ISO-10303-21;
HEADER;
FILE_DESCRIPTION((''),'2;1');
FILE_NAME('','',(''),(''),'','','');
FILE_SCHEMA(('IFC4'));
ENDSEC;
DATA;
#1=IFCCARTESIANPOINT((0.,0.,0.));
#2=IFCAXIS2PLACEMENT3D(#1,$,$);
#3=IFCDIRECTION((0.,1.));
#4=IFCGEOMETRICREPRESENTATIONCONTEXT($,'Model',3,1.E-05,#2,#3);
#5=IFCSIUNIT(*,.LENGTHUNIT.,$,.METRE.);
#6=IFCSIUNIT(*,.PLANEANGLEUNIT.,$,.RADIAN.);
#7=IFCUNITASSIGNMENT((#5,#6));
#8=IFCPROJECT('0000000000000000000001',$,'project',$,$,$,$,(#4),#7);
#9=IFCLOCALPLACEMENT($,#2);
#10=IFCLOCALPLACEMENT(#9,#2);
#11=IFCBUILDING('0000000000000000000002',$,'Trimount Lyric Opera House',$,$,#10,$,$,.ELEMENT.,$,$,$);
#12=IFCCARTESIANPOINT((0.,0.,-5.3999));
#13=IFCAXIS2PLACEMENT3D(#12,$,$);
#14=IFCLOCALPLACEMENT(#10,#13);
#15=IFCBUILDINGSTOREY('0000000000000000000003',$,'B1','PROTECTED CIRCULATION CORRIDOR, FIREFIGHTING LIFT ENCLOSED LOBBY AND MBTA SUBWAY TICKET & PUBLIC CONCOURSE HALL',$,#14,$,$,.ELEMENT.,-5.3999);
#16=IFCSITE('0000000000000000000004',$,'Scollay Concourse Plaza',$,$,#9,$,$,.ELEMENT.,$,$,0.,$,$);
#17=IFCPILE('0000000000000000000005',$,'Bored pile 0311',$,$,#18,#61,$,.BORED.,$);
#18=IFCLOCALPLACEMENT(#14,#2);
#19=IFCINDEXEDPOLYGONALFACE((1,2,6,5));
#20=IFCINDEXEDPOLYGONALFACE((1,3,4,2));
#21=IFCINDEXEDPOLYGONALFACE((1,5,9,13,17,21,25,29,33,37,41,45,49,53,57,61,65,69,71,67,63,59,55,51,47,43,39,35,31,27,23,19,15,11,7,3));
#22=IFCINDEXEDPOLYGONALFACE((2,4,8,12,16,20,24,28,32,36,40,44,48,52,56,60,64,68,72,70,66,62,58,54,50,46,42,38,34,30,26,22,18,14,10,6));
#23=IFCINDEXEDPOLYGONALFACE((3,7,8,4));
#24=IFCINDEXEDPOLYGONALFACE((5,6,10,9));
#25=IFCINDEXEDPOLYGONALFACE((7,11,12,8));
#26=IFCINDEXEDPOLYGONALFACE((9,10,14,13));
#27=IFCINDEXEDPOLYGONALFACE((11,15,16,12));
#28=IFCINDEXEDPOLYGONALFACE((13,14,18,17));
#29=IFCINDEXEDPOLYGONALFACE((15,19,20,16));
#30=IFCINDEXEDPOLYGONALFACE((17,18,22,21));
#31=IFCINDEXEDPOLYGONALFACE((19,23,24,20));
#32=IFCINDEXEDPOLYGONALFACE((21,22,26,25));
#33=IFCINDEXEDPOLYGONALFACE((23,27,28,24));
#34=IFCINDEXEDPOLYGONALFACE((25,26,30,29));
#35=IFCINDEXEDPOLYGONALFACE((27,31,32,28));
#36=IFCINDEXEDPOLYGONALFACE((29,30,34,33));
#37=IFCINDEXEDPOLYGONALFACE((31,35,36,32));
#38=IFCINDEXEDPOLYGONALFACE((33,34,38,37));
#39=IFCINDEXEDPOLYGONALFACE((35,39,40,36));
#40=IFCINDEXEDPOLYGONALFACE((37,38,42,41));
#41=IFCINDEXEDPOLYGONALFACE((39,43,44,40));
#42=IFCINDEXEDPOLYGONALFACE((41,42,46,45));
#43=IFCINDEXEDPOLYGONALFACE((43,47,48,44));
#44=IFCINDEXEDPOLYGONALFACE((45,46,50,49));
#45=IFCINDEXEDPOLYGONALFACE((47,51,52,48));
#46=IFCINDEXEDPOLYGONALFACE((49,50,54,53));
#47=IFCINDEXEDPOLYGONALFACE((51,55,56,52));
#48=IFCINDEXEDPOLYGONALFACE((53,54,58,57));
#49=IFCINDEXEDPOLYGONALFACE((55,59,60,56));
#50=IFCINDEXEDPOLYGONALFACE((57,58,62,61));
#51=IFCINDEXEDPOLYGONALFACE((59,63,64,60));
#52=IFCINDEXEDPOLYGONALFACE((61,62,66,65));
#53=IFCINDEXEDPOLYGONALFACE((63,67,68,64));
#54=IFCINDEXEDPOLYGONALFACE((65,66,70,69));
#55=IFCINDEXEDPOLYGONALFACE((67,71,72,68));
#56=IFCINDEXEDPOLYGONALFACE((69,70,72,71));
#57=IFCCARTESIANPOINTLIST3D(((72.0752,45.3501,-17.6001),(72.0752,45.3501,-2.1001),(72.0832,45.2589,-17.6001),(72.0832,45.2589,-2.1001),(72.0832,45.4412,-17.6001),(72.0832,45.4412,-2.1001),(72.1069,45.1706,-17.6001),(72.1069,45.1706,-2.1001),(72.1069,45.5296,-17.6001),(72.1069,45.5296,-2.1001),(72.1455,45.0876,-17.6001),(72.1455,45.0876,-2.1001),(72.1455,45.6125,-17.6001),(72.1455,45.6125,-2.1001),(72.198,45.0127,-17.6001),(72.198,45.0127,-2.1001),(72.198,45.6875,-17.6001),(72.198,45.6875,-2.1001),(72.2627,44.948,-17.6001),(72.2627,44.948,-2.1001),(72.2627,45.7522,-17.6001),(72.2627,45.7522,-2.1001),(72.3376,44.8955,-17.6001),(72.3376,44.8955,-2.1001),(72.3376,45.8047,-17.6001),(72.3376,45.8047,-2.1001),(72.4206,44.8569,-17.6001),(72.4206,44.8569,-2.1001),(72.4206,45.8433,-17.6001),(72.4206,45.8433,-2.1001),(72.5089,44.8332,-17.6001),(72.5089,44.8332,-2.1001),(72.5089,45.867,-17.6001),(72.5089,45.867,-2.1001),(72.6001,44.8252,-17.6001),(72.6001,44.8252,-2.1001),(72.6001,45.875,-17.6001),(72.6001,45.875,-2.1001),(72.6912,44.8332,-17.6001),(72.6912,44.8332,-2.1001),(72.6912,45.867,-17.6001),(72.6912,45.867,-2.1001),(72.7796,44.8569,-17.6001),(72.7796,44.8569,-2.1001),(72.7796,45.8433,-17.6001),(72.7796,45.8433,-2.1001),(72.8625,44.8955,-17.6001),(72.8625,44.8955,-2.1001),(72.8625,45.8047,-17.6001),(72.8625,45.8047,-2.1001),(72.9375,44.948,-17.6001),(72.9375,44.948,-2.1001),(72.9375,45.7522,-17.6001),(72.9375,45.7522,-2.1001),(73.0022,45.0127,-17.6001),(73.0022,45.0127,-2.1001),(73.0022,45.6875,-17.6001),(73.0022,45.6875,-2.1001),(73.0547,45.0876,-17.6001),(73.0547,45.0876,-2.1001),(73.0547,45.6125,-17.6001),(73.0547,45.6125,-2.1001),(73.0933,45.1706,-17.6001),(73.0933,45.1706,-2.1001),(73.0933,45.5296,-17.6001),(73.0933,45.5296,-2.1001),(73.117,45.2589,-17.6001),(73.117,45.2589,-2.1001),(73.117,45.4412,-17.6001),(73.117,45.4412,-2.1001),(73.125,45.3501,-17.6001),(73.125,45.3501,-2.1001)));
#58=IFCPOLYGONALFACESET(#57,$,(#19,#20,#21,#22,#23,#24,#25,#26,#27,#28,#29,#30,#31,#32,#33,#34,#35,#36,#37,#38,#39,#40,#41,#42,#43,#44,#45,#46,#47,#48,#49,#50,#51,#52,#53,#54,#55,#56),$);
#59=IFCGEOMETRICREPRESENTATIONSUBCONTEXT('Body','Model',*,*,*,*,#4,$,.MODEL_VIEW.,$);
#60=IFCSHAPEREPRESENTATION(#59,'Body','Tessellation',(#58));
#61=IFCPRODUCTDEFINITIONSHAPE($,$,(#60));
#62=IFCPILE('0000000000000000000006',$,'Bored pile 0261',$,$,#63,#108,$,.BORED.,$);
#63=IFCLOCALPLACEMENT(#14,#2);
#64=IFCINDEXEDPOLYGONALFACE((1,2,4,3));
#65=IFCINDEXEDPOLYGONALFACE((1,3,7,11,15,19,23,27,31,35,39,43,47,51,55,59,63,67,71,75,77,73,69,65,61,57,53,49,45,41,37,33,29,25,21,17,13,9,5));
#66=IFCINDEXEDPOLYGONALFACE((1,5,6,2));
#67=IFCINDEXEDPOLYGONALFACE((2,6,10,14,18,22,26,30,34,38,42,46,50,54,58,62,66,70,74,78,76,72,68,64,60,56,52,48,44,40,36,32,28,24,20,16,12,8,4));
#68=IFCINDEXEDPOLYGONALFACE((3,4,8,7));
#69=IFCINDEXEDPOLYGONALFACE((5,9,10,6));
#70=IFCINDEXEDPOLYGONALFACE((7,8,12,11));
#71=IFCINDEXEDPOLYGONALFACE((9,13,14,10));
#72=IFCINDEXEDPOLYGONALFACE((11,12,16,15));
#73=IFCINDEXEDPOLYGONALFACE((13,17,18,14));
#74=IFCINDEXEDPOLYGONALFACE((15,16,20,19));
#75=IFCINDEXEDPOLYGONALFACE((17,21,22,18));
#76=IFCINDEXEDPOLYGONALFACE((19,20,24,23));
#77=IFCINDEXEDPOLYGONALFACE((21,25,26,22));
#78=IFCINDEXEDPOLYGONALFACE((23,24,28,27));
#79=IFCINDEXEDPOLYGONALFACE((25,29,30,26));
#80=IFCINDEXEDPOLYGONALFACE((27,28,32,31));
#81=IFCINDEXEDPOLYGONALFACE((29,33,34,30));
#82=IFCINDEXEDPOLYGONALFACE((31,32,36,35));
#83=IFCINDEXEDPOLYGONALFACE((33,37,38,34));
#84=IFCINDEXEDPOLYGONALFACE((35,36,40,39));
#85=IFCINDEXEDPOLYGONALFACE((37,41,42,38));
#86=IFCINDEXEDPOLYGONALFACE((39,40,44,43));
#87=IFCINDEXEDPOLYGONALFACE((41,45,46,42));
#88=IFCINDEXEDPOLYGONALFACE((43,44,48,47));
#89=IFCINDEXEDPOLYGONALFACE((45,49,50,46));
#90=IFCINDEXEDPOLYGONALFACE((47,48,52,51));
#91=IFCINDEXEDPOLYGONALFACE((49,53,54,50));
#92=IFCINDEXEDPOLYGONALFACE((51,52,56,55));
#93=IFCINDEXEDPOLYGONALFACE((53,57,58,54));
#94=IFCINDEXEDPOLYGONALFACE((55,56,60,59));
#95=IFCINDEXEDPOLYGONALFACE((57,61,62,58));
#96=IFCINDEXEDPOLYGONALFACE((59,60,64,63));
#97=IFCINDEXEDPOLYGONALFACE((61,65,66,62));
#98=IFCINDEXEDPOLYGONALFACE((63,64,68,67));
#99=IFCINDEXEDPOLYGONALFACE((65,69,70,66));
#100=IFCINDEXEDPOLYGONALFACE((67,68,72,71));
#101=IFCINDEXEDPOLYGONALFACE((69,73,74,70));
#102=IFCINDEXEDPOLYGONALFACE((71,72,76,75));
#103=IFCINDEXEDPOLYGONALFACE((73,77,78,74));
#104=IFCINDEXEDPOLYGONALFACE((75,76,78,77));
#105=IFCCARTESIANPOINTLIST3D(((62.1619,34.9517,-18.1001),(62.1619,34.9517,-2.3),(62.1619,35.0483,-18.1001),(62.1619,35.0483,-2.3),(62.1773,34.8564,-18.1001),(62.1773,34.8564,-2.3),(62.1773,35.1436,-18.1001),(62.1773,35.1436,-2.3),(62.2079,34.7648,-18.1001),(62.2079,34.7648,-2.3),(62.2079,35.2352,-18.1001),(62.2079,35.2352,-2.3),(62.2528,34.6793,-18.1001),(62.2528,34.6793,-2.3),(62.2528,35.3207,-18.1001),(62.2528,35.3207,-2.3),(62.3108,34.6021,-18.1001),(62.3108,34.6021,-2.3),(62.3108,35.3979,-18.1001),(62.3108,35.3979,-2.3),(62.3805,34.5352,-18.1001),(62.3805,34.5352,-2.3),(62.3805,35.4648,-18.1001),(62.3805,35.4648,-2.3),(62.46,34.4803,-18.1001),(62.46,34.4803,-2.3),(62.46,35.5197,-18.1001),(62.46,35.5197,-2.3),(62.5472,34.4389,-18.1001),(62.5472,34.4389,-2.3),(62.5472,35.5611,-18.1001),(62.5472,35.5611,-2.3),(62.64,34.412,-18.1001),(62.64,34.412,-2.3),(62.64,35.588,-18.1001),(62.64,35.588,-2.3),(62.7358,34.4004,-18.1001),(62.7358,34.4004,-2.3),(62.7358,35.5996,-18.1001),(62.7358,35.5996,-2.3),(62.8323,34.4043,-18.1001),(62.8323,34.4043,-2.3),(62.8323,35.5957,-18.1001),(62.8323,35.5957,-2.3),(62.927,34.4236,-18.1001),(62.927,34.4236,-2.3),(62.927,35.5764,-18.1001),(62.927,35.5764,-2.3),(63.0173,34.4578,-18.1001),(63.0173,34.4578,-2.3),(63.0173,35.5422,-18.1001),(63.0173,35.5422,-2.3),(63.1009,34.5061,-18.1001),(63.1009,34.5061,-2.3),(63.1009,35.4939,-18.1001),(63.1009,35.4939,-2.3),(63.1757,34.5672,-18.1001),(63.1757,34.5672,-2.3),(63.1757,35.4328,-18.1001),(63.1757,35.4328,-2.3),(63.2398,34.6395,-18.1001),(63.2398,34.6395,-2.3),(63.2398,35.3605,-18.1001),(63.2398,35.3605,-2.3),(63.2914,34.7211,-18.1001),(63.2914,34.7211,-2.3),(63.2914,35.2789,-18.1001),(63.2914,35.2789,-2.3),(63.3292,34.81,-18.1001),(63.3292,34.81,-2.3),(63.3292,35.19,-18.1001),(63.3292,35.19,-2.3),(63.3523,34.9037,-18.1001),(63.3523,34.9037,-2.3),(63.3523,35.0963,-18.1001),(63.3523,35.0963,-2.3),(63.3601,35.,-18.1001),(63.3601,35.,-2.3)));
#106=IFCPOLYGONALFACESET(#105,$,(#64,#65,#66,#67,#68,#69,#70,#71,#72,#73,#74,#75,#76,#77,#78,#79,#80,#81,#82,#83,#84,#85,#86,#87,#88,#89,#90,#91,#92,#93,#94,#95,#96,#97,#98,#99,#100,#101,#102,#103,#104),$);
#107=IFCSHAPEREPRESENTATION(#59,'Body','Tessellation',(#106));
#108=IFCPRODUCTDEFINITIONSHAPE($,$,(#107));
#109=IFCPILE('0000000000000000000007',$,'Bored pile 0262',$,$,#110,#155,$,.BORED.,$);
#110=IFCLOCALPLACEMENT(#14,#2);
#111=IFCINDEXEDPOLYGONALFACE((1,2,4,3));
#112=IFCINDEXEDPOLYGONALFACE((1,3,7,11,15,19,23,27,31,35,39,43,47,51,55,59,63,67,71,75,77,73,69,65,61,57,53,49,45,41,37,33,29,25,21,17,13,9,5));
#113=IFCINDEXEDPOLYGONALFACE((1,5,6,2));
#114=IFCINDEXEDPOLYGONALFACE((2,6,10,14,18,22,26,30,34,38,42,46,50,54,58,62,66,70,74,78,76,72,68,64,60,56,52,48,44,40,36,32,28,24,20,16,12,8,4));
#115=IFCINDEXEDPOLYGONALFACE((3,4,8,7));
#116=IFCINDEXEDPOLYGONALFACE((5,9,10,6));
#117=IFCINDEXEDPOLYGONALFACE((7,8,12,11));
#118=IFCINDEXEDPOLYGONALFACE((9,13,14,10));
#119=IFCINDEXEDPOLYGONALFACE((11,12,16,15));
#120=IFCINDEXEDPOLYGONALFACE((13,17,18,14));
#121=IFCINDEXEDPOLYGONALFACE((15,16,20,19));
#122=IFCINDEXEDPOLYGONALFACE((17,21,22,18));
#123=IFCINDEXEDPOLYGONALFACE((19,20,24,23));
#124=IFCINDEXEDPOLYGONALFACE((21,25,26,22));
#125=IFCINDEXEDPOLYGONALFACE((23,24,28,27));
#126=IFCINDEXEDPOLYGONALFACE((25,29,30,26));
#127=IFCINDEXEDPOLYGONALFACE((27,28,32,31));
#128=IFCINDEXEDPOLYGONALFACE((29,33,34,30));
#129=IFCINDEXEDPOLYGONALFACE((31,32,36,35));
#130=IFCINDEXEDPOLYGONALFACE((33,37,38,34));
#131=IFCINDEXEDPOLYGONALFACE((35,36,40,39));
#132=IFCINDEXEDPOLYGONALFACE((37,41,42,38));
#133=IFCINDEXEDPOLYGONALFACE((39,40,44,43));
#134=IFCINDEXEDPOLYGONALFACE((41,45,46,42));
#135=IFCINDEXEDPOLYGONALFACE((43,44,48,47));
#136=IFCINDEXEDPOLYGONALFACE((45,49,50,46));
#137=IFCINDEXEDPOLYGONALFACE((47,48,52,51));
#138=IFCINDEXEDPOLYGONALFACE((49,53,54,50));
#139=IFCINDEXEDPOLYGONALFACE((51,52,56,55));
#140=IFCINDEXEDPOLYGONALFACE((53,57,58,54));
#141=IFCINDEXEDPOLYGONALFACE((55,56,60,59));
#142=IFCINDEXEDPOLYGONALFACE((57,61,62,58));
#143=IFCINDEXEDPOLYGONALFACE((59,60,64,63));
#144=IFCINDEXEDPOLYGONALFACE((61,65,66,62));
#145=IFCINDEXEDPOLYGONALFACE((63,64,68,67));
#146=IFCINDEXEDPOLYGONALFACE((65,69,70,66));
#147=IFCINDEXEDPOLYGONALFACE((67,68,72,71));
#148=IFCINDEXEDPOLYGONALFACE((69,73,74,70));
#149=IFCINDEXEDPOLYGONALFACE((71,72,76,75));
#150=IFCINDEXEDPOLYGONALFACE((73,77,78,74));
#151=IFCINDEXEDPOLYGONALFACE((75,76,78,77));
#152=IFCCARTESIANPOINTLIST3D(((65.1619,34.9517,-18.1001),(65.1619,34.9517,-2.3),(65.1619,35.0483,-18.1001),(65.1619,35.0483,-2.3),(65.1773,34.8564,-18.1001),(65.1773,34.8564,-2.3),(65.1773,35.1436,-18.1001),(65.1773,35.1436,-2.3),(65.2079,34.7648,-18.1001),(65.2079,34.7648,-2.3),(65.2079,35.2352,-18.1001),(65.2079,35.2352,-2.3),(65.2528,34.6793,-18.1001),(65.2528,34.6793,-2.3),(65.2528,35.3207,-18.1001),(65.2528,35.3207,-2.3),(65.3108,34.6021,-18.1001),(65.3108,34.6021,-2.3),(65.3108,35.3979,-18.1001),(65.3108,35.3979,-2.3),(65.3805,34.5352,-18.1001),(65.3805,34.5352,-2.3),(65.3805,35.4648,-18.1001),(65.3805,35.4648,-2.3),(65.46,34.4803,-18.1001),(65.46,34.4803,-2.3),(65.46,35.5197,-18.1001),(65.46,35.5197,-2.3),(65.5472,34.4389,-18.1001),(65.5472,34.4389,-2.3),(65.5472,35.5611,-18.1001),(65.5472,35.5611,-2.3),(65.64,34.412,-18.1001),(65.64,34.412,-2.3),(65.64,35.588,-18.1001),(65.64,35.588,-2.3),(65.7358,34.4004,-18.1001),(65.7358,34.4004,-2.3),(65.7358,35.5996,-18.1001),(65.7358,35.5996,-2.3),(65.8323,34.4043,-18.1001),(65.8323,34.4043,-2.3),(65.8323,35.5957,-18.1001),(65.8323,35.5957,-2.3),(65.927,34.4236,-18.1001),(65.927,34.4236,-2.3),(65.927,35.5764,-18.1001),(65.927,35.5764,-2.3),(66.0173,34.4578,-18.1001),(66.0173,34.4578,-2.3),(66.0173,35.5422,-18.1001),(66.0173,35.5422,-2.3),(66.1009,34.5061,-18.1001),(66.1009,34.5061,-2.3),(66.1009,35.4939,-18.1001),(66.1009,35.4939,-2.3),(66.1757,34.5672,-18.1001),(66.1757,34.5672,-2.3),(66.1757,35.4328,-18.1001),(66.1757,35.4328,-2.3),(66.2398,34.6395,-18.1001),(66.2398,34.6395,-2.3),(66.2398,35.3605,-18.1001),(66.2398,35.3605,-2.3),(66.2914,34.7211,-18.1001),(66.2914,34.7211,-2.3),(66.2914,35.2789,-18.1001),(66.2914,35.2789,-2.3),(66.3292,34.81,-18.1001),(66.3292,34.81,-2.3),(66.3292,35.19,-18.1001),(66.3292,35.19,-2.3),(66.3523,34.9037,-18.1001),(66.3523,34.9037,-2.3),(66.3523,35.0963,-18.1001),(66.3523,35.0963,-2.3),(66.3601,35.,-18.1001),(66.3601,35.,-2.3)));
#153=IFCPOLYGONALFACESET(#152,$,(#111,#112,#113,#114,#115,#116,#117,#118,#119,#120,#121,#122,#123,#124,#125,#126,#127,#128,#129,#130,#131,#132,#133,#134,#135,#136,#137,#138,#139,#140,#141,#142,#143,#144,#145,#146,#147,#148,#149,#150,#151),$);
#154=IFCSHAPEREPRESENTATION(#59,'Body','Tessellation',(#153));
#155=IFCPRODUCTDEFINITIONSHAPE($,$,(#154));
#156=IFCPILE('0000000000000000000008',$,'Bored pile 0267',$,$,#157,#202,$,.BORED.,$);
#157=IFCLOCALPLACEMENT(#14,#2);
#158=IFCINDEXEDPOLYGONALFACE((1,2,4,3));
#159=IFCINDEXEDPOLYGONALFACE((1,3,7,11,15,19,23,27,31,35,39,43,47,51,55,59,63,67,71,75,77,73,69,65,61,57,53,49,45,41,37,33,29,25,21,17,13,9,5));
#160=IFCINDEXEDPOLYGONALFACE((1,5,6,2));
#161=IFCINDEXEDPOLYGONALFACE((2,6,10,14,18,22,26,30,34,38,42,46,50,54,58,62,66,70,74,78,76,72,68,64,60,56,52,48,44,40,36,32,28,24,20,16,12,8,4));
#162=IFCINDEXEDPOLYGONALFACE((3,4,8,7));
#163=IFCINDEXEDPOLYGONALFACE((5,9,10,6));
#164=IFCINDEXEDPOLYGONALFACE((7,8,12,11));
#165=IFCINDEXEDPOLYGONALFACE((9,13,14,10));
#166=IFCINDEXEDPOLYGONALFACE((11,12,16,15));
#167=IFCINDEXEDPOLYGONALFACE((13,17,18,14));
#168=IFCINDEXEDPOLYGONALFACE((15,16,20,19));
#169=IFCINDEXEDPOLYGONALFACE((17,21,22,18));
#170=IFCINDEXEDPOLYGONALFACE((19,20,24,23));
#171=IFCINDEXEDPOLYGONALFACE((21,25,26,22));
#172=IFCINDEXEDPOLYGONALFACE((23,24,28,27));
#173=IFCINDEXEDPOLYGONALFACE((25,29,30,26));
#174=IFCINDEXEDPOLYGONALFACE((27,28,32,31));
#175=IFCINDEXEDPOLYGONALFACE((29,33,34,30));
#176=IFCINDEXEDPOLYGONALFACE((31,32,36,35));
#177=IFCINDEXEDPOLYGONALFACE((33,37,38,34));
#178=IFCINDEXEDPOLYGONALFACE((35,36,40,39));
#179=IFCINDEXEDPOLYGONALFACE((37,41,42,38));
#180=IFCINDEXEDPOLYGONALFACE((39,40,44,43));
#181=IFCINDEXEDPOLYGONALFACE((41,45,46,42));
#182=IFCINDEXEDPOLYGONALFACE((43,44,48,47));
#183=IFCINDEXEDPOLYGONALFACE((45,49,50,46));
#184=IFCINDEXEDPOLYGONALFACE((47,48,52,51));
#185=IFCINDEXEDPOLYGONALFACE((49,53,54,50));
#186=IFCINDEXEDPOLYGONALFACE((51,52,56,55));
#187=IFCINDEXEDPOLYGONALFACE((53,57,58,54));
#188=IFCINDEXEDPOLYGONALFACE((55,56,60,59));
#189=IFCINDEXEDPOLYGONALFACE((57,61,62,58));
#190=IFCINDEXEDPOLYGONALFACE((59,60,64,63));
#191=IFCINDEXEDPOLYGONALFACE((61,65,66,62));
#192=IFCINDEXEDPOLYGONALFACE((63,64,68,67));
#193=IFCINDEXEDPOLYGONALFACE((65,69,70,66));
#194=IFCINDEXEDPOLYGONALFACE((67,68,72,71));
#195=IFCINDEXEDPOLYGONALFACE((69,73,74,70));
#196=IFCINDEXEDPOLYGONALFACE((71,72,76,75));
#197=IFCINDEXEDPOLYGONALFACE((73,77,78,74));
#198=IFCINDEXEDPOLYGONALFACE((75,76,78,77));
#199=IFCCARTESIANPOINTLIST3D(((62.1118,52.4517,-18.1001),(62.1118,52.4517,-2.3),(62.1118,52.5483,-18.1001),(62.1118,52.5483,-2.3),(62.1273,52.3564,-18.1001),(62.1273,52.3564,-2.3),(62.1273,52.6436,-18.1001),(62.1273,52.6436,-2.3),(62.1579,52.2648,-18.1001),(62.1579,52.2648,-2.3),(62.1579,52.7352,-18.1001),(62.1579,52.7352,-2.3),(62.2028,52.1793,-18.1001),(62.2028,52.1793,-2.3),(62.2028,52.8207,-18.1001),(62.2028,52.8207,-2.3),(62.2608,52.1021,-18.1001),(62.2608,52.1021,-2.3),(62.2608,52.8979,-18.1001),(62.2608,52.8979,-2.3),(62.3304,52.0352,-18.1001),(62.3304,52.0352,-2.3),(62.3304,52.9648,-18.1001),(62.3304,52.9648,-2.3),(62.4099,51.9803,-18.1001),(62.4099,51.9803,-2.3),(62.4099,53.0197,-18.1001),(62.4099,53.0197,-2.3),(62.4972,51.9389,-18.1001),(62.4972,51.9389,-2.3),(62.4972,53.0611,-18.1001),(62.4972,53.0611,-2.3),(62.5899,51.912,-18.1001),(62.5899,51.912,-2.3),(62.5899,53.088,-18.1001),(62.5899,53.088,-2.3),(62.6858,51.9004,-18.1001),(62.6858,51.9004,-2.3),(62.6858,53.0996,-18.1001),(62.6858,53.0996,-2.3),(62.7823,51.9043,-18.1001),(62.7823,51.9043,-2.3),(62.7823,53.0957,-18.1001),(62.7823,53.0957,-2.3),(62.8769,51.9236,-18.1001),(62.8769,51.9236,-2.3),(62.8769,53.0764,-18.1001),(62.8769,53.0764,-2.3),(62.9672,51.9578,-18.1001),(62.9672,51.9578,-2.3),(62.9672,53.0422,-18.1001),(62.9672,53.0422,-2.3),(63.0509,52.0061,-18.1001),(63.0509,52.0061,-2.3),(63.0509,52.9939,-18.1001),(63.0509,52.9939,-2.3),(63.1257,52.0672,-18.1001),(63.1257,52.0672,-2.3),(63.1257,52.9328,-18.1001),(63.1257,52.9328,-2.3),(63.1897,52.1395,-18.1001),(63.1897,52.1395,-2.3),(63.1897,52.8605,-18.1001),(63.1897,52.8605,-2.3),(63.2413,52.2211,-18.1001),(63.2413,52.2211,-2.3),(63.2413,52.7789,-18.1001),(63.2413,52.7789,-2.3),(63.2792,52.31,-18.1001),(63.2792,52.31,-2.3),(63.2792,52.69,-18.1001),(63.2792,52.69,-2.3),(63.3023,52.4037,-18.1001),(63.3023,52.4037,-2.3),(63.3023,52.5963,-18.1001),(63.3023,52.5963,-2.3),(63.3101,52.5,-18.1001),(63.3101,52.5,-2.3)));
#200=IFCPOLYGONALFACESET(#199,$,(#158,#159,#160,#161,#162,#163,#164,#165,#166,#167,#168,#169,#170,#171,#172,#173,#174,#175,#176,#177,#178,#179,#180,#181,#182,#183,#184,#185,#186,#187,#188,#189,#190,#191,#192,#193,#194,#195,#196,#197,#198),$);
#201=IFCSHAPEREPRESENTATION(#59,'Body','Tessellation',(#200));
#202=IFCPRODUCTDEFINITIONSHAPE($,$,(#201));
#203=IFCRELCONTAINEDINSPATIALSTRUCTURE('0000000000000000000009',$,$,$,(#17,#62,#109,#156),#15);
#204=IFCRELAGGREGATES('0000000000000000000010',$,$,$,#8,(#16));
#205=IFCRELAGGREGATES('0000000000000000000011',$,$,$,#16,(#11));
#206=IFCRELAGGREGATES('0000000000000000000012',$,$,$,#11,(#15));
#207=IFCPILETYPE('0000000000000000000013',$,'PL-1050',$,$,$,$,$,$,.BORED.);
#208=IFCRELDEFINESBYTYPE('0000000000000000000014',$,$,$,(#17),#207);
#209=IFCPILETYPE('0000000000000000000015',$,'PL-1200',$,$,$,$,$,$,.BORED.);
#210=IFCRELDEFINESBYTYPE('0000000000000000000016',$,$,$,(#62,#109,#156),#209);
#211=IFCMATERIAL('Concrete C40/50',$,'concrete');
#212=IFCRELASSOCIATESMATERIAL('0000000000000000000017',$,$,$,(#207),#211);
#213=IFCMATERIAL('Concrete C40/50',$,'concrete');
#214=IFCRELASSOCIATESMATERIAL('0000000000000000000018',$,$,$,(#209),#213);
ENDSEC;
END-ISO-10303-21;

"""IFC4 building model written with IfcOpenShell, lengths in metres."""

from ifc_helpers import new_model, si_unit, direction, frame, origin, origin_2d, place, context, subcontext, project, spatial, circle, extrude, material, material_profile, profile_set, type_object, element, save


model = new_model("IFC4")

# Units and contexts
model_context = context("Model", 3, precision=1e-05, world=origin(), true_north=direction((0.0, 1.0)))
body_context = subcontext(model_context, "Body", "Model", "MODEL_VIEW")
ifc_project = project(units=[si_unit("LENGTHUNIT", "METRE"), si_unit("PLANEANGLEUNIT", "RADIAN")], contexts=[model_context])

# Site, building, storey
site_placement = place(None, origin())
site = spatial("IfcSite", under=ifc_project, at=site_placement, Name="Scollay Concourse Plaza", CompositionType="ELEMENT", RefElevation=0.0)
building_placement = place(site_placement, origin())
building = spatial("IfcBuilding", under=site, at=building_placement, Name="Trimount Lyric Opera House", CompositionType="ELEMENT")
storey_placement = place(building_placement, frame((0.0, 0.0, -5.3999)))
storey = spatial("IfcBuildingStorey", under=building, at=storey_placement, Name="B1", Description="PROTECTED CIRCULATION CORRIDOR, FIREFIGHTING LIFT ENCLOSED LOBBY AND MBTA SUBWAY TICKET & PUBLIC CONCOURSE HALL", CompositionType="ELEMENT", Elevation=-5.3999)

# Piles
ifc_material_1 = material(Name="Concrete C40/50", Category="concrete")
ifc_material_profile_1 = material_profile(ifc_material_1, circle(Radius=0.5249, at=origin_2d()), Name="PILE-D1050")
ifc_profile_set_1 = profile_set([ifc_material_profile_1], Name="Concrete C40/50")
pile_type_1 = type_object("IfcPileType", Name="PL-1050", PredefinedType="BORED", material=ifc_profile_set_1)
for number, where, z_axis, x_axis, name in (
    (1, (72.6001, 45.3501, -2.1001), (0.0, 0.0, -1.0), (1.0, 0.0, 0.0), "Bored pile 0311"),
):
    element("IfcPile", number, at=place(storey_placement, frame(where, z_axis=z_axis, x_axis=x_axis)), inside=storey, type_object=pile_type_1, Name=name, PredefinedType="BORED", context=body_context, shape_type="SweptSolid", body=[
        extrude(circle(Radius=0.5249, at=origin_2d()), origin(), (0.0, 0.0, 1.0), 15.5),
    ])
ifc_material_2 = material(Name="Concrete C40/50", Category="concrete")
ifc_material_profile_2 = material_profile(ifc_material_2, circle(Radius=0.6001, at=origin_2d()), Name="PILE-D1200")
ifc_profile_set_2 = profile_set([ifc_material_profile_2], Name="Concrete C40/50")
pile_type_2 = type_object("IfcPileType", Name="PL-1200", PredefinedType="BORED", material=ifc_profile_set_2)
for number, where, z_axis, x_axis, name in (
    (2, (62.76, 35.0, -2.3), (0.0, 0.0, -1.0), (1.0, 0.0, 0.0), "Bored pile 0261"),
    (3, (65.76, 35.0, -2.3), (0.0, 0.0, -1.0), (1.0, 0.0, 0.0), "Bored pile 0262"),
    (4, (62.71, 52.5, -2.3), (0.0, 0.0, -1.0), (1.0, 0.0, 0.0), "Bored pile 0267"),
):
    element("IfcPile", number, at=place(storey_placement, frame(where, z_axis=z_axis, x_axis=x_axis)), inside=storey, type_object=pile_type_2, Name=name, PredefinedType="BORED", context=body_context, shape_type="SweptSolid", body=[
        extrude(circle(Radius=0.6001, at=origin_2d()), origin(), (0.0, 0.0, 1.0), 15.8),
    ])

save(model, "model.ifc")
